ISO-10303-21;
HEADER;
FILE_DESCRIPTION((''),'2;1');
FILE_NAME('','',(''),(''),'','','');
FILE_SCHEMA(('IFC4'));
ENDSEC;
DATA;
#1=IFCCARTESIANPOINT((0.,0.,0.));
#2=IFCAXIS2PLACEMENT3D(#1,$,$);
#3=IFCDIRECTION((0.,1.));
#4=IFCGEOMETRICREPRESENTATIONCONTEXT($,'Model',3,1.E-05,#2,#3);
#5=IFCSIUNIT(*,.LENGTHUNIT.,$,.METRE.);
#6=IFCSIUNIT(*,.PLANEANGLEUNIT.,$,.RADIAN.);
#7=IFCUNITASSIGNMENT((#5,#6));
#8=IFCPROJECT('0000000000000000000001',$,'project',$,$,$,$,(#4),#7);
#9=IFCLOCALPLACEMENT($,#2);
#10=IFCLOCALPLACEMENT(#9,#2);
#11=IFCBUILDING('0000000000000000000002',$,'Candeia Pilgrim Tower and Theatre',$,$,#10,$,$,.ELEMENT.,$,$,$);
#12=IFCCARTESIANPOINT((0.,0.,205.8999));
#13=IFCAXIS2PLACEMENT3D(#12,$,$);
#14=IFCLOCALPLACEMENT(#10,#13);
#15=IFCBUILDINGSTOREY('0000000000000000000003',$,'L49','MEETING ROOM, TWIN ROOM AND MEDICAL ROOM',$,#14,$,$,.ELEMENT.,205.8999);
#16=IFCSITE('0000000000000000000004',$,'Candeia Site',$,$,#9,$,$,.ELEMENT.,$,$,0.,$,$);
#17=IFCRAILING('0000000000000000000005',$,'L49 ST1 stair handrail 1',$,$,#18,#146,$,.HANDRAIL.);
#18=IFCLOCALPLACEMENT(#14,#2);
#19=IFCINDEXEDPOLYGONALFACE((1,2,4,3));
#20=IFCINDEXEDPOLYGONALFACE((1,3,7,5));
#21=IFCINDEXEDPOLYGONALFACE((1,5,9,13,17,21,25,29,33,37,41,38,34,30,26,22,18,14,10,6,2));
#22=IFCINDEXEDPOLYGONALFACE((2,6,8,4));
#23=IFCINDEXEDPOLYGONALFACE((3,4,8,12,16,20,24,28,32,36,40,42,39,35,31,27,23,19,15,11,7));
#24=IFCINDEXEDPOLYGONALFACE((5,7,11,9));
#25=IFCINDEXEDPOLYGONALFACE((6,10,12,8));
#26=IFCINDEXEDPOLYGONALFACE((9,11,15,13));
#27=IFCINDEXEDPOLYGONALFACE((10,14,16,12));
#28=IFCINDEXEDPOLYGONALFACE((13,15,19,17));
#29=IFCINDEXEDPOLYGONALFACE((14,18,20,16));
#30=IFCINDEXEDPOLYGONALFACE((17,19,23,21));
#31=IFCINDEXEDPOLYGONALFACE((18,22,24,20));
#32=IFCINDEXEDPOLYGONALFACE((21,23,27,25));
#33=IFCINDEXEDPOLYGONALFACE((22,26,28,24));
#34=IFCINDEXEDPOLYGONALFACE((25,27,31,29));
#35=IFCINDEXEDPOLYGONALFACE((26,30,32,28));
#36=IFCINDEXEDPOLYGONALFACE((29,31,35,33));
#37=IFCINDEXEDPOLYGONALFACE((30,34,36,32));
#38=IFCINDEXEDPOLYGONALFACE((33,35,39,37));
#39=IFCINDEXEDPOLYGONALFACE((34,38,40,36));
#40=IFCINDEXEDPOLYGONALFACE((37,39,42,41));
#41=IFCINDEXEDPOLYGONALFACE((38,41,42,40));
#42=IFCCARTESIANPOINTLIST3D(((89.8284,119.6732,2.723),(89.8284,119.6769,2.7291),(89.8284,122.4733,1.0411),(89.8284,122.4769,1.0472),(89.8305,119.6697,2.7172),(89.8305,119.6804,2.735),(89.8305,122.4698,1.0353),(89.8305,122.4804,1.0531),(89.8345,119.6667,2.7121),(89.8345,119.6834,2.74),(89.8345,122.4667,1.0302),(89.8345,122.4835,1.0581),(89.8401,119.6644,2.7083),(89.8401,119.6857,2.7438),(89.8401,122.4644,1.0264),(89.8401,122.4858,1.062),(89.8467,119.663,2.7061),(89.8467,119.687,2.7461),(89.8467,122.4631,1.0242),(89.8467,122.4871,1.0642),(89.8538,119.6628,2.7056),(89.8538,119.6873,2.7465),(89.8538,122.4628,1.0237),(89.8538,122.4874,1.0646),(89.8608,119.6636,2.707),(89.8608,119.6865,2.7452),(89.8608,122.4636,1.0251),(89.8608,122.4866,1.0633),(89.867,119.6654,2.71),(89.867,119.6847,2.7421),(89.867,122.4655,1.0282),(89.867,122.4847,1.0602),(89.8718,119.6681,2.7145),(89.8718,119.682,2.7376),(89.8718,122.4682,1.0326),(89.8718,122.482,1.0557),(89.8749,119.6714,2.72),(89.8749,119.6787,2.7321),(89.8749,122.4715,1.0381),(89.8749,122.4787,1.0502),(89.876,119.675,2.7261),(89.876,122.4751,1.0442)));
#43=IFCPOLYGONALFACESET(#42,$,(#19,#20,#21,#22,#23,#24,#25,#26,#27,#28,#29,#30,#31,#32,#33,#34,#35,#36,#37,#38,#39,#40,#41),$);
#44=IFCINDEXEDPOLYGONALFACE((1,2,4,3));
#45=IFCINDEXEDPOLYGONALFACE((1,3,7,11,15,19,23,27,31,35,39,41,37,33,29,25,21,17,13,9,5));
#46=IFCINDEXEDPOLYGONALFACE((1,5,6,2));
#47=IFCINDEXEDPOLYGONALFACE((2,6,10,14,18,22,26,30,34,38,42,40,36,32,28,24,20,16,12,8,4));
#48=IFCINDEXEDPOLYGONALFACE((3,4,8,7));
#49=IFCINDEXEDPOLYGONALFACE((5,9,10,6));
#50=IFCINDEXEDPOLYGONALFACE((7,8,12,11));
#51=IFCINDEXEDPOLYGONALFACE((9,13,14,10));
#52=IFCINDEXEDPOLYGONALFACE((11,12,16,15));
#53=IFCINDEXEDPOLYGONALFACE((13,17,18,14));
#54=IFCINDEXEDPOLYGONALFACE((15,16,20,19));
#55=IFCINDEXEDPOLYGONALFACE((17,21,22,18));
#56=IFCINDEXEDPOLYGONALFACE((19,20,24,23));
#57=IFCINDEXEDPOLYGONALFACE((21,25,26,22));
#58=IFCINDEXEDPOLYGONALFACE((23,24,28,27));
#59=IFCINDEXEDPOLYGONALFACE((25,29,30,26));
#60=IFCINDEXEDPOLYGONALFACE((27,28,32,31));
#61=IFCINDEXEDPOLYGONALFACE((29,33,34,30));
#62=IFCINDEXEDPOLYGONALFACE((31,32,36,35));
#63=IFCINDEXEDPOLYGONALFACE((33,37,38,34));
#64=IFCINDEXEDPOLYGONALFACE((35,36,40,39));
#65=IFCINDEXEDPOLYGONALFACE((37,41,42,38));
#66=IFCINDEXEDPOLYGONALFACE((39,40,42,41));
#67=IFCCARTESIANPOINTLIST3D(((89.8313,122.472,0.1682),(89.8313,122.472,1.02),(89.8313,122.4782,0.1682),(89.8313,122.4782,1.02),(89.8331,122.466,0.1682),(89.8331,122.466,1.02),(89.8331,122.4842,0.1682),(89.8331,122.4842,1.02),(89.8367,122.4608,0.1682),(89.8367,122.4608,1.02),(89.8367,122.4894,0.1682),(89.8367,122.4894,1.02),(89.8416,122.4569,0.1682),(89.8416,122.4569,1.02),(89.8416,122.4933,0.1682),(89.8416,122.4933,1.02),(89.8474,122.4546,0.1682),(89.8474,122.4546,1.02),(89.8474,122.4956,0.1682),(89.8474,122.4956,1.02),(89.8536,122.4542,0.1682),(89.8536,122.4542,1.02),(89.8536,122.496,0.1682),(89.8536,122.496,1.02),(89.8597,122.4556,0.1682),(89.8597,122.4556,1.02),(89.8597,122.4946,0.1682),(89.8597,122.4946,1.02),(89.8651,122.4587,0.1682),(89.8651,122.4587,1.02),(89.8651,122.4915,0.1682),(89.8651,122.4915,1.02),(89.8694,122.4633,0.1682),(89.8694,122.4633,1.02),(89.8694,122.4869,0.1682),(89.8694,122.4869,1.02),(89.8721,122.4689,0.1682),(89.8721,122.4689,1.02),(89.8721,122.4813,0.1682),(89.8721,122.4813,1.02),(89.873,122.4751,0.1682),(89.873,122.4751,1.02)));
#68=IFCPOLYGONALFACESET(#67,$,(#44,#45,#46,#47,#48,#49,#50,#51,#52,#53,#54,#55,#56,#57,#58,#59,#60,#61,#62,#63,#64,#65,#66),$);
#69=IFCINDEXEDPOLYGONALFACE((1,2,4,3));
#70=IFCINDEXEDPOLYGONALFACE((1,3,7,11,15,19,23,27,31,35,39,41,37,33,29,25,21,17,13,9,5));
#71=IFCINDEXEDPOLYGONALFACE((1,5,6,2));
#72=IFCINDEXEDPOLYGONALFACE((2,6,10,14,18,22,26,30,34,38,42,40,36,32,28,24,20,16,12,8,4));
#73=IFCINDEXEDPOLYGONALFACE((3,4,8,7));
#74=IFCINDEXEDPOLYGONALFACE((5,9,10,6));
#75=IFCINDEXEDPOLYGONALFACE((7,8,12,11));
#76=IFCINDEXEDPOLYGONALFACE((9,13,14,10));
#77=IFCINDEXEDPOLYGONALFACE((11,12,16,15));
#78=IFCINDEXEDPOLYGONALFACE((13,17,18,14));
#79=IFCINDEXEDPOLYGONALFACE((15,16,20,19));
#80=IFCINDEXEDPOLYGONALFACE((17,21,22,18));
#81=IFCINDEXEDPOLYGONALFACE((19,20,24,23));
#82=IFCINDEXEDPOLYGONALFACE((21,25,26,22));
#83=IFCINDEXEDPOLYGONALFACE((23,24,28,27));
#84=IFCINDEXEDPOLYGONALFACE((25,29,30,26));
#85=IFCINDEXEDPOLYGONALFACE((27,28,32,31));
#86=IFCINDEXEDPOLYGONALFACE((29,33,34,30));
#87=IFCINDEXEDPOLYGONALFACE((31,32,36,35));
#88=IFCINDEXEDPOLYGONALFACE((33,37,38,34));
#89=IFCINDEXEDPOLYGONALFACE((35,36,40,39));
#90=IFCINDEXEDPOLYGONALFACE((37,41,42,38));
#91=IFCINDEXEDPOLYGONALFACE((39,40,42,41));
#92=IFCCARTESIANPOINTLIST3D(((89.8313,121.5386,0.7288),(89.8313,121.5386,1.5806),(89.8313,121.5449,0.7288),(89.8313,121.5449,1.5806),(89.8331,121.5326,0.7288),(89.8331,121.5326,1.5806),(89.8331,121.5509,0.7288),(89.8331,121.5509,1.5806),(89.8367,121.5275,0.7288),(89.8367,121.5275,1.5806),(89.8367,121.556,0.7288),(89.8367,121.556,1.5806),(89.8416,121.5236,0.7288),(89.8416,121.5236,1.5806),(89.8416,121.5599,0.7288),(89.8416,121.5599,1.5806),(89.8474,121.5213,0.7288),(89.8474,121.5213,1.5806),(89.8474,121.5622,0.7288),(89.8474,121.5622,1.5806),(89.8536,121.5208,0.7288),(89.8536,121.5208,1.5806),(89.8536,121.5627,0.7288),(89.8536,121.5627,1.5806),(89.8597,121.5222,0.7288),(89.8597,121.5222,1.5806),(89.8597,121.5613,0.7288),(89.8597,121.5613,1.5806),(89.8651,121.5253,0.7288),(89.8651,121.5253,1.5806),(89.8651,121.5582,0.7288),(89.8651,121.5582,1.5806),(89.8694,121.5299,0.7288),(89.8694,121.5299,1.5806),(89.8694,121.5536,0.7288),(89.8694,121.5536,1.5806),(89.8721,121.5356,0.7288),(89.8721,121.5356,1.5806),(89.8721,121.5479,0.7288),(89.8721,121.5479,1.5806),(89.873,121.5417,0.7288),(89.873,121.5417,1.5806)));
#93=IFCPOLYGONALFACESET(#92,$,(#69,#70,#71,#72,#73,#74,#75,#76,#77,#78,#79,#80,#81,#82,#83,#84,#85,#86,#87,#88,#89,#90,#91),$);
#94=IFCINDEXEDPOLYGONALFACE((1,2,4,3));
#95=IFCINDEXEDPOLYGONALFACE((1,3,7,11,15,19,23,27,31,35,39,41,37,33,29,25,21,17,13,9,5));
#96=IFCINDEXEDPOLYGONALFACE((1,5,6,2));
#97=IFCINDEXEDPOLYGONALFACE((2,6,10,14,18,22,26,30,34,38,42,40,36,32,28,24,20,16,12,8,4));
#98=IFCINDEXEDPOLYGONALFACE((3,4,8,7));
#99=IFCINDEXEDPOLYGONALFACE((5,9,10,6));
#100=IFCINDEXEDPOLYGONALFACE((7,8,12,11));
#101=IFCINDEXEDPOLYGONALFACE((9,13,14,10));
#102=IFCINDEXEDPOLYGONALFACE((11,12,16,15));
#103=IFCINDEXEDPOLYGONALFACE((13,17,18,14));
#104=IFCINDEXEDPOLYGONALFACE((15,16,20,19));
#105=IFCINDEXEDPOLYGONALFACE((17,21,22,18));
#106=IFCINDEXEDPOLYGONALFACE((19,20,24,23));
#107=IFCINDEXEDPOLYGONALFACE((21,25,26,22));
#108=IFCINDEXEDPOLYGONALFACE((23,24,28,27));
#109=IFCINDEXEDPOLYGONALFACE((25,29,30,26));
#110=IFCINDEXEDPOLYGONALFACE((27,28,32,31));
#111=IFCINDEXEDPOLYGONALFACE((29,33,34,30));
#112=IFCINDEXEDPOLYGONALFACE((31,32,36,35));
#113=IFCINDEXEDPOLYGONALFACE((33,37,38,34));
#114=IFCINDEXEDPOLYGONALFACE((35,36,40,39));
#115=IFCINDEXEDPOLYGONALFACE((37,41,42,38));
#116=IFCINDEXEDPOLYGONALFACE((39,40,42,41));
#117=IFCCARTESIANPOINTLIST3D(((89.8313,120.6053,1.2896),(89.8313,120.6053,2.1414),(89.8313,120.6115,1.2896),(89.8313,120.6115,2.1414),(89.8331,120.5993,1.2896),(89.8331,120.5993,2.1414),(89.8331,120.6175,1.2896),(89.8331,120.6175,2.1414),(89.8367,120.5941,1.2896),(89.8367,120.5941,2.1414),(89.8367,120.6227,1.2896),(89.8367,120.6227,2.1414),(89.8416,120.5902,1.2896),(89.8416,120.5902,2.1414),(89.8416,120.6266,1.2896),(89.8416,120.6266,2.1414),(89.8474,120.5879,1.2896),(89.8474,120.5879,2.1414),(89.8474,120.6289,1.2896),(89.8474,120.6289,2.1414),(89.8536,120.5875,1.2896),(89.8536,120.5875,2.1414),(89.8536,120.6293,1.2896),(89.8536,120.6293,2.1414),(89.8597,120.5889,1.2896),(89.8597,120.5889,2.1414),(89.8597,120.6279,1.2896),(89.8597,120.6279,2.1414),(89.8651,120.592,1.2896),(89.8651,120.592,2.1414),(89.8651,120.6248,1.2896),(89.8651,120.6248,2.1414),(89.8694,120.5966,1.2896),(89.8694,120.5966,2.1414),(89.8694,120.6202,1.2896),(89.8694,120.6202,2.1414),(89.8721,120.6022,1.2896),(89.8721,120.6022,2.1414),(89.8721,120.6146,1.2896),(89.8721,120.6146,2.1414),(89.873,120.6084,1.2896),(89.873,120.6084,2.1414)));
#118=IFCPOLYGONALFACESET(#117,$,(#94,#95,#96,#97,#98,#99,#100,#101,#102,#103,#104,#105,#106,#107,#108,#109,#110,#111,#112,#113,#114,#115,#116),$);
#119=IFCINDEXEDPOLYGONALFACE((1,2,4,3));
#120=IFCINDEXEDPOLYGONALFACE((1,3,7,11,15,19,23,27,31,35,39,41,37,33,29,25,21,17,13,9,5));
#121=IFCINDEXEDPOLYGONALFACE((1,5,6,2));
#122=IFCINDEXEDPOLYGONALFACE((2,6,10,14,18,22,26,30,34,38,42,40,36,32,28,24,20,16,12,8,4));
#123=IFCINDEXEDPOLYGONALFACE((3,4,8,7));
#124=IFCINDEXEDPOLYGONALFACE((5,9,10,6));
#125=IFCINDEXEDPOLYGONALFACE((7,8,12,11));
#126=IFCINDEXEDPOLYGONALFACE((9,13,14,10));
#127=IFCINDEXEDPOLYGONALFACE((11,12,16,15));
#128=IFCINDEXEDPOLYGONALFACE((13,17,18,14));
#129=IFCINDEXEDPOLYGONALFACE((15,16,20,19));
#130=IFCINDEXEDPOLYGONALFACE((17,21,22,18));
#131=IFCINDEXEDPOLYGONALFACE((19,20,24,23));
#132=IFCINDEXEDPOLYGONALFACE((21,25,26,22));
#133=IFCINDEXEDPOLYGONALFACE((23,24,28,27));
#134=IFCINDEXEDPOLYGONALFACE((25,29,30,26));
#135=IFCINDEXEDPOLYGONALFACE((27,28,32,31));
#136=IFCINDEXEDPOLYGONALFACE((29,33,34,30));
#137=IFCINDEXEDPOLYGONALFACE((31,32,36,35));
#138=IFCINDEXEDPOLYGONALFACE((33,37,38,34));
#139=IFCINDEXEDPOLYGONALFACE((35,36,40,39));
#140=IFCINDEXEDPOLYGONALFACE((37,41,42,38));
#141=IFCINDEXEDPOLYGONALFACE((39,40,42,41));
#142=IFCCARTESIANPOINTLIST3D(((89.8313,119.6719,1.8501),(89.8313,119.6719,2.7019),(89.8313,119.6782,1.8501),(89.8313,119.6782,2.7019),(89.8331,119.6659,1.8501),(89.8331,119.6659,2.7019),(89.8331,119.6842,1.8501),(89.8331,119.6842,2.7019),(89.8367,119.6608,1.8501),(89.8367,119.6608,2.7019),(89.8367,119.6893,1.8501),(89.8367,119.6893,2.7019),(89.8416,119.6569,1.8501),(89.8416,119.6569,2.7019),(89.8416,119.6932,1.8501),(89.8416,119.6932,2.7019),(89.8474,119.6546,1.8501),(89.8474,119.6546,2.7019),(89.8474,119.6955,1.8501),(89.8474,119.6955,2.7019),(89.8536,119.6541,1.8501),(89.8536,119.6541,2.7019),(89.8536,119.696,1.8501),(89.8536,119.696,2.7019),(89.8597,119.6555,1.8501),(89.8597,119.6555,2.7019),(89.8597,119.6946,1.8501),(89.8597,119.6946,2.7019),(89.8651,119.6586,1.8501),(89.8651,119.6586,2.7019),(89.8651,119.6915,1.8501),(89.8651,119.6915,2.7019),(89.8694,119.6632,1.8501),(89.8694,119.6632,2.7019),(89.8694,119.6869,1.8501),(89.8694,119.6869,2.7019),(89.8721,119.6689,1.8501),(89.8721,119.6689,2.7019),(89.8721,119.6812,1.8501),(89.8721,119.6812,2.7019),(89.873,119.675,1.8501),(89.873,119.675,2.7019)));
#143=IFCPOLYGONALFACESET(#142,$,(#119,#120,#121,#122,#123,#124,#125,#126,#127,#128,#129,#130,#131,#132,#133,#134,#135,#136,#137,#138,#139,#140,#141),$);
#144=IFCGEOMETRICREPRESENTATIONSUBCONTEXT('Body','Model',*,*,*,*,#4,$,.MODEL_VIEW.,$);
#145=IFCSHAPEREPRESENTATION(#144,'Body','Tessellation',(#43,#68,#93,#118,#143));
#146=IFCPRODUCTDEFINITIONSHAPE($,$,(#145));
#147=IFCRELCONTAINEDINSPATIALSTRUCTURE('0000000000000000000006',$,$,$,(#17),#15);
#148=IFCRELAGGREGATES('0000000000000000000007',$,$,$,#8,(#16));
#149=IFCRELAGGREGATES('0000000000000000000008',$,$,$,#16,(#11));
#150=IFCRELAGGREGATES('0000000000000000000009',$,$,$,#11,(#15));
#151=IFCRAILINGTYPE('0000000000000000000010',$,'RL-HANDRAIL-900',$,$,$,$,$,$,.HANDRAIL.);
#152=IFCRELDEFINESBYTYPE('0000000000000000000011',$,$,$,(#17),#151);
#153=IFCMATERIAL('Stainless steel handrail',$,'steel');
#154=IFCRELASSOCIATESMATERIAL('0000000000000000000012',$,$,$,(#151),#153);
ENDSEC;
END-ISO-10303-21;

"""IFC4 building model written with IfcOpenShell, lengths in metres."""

from ifc_helpers import new_model, si_unit, direction, frame, origin, origin_2d, place, context, subcontext, project, spatial, circle, extrude, material, type_object, element, save


model = new_model("IFC4")

# Units and contexts
model_context = context("Model", 3, precision=1e-05, world=origin(), true_north=direction((0.0, 1.0)))
body_context = subcontext(model_context, "Body", "Model", "MODEL_VIEW")
ifc_project = project(units=[si_unit("LENGTHUNIT", "METRE"), si_unit("PLANEANGLEUNIT", "RADIAN")], contexts=[model_context])

# Site, building, storey
site_placement = place(None, origin())
site = spatial("IfcSite", under=ifc_project, at=site_placement, Name="Candeia Site", CompositionType="ELEMENT", RefElevation=0.0)
building_placement = place(site_placement, origin())
building = spatial("IfcBuilding", under=site, at=building_placement, Name="Candeia Pilgrim Tower and Theatre", CompositionType="ELEMENT")
storey_placement = place(building_placement, frame((0.0, 0.0, 205.8999)))
storey = spatial("IfcBuildingStorey", under=building, at=storey_placement, Name="L49", Description="MEETING ROOM, TWIN ROOM AND MEDICAL ROOM", CompositionType="ELEMENT", Elevation=205.8999)

# Railing
ifc_material_1 = material(Name="Stainless steel handrail", Category="steel")
railing_type_1 = type_object("IfcRailingType", Name="RL-HANDRAIL-900", PredefinedType="HANDRAIL", material=ifc_material_1)
for number, where, name in (
    (1, (89.8521, 122.4751, 0.1682), "L49 ST1 stair handrail 1"),
):
    element("IfcRailing", number, at=place(storey_placement, frame(where)), inside=storey, type_object=railing_type_1, Name=name, PredefinedType="HANDRAIL", context=body_context, shape_type="SweptSolid", body=[
        extrude(circle(Radius=0.0239, at=origin_2d()), frame((0.0, 0.0, 0.876), z_axis=(0.0, -0.857242, 0.514913), x_axis=(1.0, 0.0, 0.0)), (0.0, 0.0, 1.0), 3.2664),
        extrude(circle(Radius=0.021, at=origin_2d()), origin(), (0.0, 0.0, 1.0), 0.8518),
        extrude(circle(Radius=0.021, at=origin_2d()), frame((0.0, -0.9333, 0.5605)), (0.0, 0.0, 1.0), 0.8518),
        extrude(circle(Radius=0.021, at=origin_2d()), frame((0.0, -1.8667, 1.1213)), (0.0, 0.0, 1.0), 0.8518),
        extrude(circle(Radius=0.021, at=origin_2d()), frame((0.0, -2.8, 1.6819)), (0.0, 0.0, 1.0), 0.8518),
    ])

save(model, "model.ifc")
